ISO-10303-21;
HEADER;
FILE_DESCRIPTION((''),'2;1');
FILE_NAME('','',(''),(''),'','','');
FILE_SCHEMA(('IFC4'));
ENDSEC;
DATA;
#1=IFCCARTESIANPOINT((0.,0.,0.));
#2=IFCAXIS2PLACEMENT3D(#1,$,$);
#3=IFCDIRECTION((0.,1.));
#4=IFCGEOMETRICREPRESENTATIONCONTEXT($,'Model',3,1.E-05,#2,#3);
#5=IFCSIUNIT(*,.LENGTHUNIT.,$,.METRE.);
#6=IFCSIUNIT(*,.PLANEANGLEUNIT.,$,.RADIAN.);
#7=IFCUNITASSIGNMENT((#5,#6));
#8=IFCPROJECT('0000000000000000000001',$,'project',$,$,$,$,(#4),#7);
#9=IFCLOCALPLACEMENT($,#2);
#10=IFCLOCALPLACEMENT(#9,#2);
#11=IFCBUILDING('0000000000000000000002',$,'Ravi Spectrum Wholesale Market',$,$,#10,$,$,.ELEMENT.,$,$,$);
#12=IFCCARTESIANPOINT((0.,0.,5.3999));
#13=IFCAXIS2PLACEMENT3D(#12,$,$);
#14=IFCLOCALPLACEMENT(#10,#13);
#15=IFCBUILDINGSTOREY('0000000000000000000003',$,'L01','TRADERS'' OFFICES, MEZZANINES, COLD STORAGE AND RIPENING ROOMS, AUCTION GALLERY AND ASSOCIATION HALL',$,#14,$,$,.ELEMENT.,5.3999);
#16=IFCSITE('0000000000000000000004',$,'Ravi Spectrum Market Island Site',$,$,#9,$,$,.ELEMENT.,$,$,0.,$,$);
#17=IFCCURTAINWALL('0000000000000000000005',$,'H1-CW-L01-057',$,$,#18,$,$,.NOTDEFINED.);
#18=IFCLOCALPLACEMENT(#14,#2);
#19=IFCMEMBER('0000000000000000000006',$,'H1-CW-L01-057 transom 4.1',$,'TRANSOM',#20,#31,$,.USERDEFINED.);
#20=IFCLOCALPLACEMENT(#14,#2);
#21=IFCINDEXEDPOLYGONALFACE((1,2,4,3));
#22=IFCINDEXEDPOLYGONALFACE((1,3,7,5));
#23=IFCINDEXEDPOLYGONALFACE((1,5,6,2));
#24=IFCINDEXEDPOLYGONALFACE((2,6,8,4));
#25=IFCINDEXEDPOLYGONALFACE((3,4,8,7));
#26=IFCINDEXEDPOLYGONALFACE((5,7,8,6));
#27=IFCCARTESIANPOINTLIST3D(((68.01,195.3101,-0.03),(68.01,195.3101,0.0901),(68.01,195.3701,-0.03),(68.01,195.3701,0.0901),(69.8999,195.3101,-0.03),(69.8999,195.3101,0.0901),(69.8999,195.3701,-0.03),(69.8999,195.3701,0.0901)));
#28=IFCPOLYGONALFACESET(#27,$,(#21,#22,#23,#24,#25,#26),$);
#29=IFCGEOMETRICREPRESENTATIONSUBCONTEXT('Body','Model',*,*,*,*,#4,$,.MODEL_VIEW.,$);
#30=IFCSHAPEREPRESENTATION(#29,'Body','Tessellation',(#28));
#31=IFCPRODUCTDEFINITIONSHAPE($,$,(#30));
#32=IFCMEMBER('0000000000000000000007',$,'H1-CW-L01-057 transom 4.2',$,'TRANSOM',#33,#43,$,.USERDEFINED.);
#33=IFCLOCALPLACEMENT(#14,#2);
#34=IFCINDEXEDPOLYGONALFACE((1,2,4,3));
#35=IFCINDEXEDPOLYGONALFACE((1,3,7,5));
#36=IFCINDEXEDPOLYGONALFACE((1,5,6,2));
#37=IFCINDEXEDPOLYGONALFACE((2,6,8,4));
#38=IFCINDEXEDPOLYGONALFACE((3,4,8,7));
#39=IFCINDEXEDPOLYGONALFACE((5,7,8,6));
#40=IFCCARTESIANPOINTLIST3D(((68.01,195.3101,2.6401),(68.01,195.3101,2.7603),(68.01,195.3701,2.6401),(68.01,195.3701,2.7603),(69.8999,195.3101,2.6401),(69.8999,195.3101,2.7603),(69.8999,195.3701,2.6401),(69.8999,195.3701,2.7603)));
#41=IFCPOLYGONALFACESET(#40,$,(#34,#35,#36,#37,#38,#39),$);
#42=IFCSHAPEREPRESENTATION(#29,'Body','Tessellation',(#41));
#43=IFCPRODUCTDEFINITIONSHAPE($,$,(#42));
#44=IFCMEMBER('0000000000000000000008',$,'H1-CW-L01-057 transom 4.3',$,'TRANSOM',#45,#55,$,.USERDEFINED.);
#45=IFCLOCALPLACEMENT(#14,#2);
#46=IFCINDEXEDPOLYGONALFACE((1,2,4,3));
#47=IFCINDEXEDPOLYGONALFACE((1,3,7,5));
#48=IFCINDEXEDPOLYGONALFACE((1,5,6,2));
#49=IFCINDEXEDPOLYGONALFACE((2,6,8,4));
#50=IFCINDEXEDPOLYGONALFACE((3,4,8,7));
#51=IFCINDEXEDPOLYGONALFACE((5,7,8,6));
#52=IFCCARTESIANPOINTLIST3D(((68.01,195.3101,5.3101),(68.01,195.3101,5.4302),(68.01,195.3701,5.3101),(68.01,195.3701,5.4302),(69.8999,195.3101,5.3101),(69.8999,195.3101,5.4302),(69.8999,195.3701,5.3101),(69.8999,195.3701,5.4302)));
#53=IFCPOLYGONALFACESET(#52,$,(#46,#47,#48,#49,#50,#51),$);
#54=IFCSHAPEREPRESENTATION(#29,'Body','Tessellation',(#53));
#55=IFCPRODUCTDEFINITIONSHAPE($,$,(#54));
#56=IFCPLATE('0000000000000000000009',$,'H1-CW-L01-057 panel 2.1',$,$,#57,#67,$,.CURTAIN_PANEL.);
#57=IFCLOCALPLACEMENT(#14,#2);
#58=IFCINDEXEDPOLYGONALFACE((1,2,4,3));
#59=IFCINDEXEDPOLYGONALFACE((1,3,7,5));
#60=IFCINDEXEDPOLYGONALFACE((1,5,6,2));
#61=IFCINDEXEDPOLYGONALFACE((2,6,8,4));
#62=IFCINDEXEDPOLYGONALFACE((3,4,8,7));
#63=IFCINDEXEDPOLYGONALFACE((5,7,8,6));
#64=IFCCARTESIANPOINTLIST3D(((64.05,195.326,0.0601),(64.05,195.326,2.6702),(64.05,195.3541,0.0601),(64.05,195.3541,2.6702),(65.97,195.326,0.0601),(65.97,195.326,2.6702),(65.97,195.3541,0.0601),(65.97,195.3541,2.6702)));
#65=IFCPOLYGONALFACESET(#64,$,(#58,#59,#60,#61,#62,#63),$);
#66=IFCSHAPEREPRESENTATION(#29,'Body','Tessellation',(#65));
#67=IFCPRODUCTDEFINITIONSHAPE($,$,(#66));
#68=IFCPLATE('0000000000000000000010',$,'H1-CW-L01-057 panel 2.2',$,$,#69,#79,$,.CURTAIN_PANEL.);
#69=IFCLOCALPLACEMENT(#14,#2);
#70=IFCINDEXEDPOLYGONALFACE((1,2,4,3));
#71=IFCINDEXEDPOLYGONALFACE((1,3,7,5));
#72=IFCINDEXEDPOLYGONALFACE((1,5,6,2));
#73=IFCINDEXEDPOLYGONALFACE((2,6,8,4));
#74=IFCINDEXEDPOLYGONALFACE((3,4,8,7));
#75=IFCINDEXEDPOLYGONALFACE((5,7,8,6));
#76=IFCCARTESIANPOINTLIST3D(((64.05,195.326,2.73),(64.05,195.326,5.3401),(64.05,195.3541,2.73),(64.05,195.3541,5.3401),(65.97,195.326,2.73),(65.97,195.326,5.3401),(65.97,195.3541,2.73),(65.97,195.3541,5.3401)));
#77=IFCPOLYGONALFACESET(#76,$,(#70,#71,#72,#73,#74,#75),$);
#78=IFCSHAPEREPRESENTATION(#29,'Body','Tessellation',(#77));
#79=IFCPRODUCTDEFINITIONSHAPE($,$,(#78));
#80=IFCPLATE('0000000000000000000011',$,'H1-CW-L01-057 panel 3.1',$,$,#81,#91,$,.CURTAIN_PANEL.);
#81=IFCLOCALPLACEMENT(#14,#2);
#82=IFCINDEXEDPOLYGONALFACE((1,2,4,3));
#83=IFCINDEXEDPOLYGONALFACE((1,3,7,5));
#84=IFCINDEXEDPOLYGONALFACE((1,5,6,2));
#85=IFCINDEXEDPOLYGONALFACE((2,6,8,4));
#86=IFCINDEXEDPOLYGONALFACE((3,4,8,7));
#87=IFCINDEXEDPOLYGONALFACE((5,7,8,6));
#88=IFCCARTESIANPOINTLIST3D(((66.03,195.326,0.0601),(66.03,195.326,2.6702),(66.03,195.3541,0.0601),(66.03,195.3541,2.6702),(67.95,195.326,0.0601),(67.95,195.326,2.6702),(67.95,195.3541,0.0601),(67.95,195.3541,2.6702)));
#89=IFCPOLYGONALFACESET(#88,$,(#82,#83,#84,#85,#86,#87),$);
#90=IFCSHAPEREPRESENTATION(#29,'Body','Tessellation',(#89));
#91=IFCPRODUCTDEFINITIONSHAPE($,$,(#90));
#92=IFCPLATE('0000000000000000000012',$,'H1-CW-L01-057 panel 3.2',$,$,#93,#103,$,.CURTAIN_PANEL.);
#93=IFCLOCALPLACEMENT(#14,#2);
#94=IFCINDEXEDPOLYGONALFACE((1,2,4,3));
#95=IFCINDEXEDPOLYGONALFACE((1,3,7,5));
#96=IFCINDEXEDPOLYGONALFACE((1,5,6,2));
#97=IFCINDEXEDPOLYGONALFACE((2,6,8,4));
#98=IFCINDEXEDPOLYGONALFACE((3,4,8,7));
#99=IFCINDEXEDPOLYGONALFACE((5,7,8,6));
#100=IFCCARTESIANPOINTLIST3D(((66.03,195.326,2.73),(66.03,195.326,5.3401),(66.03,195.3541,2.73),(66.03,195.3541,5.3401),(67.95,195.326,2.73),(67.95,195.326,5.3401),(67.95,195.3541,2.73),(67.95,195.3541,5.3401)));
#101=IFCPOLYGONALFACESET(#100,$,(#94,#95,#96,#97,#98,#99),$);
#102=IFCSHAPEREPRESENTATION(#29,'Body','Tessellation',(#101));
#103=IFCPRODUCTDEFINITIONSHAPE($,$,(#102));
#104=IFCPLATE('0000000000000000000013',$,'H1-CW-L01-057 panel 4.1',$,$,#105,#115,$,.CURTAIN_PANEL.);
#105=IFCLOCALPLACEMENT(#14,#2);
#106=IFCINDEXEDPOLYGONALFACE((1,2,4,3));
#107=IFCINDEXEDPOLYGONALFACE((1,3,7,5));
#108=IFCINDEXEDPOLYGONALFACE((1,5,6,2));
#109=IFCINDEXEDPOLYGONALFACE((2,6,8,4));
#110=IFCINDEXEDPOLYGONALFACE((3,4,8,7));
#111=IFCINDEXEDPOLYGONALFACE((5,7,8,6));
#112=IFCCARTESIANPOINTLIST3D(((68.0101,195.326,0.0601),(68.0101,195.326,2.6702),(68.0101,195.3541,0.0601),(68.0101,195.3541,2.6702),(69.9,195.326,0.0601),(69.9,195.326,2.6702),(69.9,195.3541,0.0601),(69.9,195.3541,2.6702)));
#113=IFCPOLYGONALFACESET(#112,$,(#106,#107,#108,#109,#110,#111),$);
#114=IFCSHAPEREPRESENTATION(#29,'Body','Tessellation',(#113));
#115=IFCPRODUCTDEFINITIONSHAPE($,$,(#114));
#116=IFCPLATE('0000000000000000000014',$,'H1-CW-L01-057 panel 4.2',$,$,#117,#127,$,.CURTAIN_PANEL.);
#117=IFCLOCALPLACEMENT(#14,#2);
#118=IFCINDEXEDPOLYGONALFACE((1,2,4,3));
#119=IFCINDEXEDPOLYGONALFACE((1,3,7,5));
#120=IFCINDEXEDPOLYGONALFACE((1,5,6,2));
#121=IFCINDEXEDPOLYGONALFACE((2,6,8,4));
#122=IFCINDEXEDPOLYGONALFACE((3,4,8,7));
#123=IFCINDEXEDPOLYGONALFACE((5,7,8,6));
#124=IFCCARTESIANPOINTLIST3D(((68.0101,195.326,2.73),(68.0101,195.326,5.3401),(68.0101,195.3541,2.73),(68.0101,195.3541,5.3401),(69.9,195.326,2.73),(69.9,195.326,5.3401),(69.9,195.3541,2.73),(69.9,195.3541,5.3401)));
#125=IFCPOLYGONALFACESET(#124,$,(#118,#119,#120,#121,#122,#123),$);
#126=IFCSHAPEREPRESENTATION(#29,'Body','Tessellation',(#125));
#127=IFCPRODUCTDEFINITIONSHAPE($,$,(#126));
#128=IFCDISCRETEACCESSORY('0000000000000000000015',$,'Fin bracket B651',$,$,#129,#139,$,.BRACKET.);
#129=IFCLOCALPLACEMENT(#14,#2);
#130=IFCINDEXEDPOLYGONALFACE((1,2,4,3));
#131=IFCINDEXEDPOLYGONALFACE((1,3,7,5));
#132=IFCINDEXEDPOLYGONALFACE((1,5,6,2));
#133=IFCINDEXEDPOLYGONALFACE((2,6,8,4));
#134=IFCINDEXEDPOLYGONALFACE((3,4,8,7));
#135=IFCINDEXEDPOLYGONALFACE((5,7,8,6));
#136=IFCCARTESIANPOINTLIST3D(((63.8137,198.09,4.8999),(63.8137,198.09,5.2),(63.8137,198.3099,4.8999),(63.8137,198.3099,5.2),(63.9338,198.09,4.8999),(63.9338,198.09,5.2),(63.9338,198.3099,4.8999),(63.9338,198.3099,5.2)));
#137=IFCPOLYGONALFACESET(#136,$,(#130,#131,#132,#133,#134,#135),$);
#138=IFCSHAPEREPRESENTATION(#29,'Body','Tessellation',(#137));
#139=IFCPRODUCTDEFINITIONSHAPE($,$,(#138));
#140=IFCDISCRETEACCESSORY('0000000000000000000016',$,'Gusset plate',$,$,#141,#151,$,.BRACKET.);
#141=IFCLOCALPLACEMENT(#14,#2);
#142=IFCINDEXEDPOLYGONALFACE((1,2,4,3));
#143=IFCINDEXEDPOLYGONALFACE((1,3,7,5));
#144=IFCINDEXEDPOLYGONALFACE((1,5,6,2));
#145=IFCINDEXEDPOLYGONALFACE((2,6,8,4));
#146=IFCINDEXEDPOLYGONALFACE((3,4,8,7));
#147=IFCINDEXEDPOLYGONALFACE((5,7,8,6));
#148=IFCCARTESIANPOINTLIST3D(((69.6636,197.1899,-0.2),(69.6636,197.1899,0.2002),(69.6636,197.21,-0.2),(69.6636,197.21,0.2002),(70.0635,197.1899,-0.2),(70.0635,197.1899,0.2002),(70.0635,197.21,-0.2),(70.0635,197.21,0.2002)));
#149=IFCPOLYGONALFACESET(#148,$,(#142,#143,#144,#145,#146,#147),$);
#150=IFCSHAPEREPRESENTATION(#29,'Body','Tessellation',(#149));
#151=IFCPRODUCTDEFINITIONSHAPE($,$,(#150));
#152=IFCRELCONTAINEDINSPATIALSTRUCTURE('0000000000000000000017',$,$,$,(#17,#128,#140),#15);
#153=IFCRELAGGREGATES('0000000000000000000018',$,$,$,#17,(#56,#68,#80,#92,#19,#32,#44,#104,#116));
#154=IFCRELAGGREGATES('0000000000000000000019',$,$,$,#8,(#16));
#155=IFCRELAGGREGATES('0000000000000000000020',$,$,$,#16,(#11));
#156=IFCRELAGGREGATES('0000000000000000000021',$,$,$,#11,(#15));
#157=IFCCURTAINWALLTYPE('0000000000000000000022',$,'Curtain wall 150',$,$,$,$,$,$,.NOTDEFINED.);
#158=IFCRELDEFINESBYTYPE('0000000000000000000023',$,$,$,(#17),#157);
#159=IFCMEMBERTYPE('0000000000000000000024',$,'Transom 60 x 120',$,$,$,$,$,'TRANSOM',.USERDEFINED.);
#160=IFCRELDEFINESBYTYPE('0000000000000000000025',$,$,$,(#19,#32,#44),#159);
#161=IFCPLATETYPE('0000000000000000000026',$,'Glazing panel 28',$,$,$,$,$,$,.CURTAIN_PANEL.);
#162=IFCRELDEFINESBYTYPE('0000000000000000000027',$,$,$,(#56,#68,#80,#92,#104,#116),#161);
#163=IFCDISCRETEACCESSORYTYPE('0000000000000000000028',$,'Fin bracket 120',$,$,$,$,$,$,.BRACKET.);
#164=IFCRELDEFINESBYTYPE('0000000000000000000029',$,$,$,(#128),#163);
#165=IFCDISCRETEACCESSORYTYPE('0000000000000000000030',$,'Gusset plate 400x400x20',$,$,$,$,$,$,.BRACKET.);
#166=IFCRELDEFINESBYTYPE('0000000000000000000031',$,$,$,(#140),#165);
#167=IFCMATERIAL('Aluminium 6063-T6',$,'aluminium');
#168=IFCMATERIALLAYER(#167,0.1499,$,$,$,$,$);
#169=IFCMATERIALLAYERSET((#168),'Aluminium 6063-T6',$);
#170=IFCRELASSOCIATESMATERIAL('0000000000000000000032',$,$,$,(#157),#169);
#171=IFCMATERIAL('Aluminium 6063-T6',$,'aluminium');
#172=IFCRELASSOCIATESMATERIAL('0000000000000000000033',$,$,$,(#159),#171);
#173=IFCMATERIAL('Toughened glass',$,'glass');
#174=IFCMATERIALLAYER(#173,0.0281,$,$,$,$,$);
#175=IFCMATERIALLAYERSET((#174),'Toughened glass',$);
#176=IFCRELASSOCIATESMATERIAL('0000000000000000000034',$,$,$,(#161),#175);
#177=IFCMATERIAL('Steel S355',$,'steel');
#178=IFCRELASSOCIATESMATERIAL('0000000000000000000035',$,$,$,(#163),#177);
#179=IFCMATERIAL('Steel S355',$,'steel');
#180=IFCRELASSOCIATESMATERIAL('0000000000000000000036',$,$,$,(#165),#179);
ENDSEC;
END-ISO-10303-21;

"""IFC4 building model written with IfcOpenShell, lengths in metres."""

from ifc_helpers import new_model, si_unit, direction, frame, origin, origin_2d, place, context, subcontext, project, spatial, rectangle, extrude, material, layer, layer_set, material_profile, profile_set, type_object, element, aggregate, save


model = new_model("IFC4")

# Units and contexts
model_context = context("Model", 3, precision=1e-05, world=origin(), true_north=direction((0.0, 1.0)))
body_context = subcontext(model_context, "Body", "Model", "MODEL_VIEW")
ifc_project = project(units=[si_unit("LENGTHUNIT", "METRE"), si_unit("PLANEANGLEUNIT", "RADIAN")], contexts=[model_context])

# Site, building, storey
site_placement = place(None, origin())
site = spatial("IfcSite", under=ifc_project, at=site_placement, Name="Ravi Spectrum Market Island Site", CompositionType="ELEMENT", RefElevation=0.0)
building_placement = place(site_placement, origin())
building = spatial("IfcBuilding", under=site, at=building_placement, Name="Ravi Spectrum Wholesale Market", CompositionType="ELEMENT")
storey_placement = place(building_placement, frame((0.0, 0.0, 5.3999)))
storey = spatial("IfcBuildingStorey", under=building, at=storey_placement, Name="L01", Description="TRADERS' OFFICES, MEZZANINES, COLD STORAGE AND RIPENING ROOMS, AUCTION GALLERY AND ASSOCIATION HALL", CompositionType="ELEMENT", Elevation=5.3999)

# Curtain wall, members, plates
ifc_material_1 = material(Name="Aluminium 6063-T6", Category="aluminium")
ifc_layer_1 = layer(ifc_material_1, 0.1499)
ifc_layer_set_1 = layer_set([ifc_layer_1], Name="Aluminium 6063-T6")
curtain_wall_type = type_object("IfcCurtainWallType", Name="Curtain wall 150", PredefinedType="NOTDEFINED", material=ifc_layer_set_1)
curtain_wall_placement = place(storey_placement, origin())
curtain_wall = element("IfcCurtainWall", 1, at=curtain_wall_placement, inside=storey, type_object=curtain_wall_type, Name="H1-CW-L01-057", PredefinedType="NOTDEFINED")
ifc_material_2 = material(Name="Aluminium 6063-T6", Category="aluminium")
ifc_material_profile_1 = material_profile(ifc_material_2, rectangle(XDim=0.0601, YDim=0.1201, at=origin_2d()))
ifc_profile_set_1 = profile_set([ifc_material_profile_1], Name="Aluminium 6063-T6")
member_type_1 = type_object("IfcMemberType", Name="Transom 60 x 120", ElementType="TRANSOM", PredefinedType="USERDEFINED", material=ifc_profile_set_1)
member_1_placement = place(storey_placement, frame((68.01, 195.3401, 0.03), z_axis=(1.0, 0.0, 0.0), x_axis=(0.0, 1.0, 0.0)))
member_1 = element("IfcMember", 2, at=member_1_placement, type_object=member_type_1, Name="H1-CW-L01-057 transom 4.1", ObjectType="TRANSOM", PredefinedType="USERDEFINED", context=body_context, shape_type="SweptSolid", body=[
    extrude(rectangle(XDim=0.0601, YDim=0.1201, at=origin_2d()), origin(), (0.0, 0.0, 1.0), 1.8899),
])
member_2_placement = place(storey_placement, frame((68.01, 195.3401, 2.7002), z_axis=(1.0, 0.0, 0.0), x_axis=(0.0, 1.0, 0.0)))
member_2 = element("IfcMember", 3, at=member_2_placement, type_object=member_type_1, Name="H1-CW-L01-057 transom 4.2", ObjectType="TRANSOM", PredefinedType="USERDEFINED", context=body_context, shape_type="SweptSolid", body=[
    extrude(rectangle(XDim=0.0601, YDim=0.1201, at=origin_2d()), origin(), (0.0, 0.0, 1.0), 1.8899),
])
member_3_placement = place(storey_placement, frame((68.01, 195.3401, 5.3701), z_axis=(1.0, 0.0, 0.0), x_axis=(0.0, 1.0, 0.0)))
member_3 = element("IfcMember", 4, at=member_3_placement, type_object=member_type_1, Name="H1-CW-L01-057 transom 4.3", ObjectType="TRANSOM", PredefinedType="USERDEFINED", context=body_context, shape_type="SweptSolid", body=[
    extrude(rectangle(XDim=0.0601, YDim=0.1201, at=origin_2d()), origin(), (0.0, 0.0, 1.0), 1.8899),
])
ifc_material_3 = material(Name="Toughened glass", Category="glass")
ifc_layer_2 = layer(ifc_material_3, 0.0281)
ifc_layer_set_2 = layer_set([ifc_layer_2], Name="Toughened glass")
plate_type = type_object("IfcPlateType", Name="Glazing panel 28", PredefinedType="CURTAIN_PANEL", material=ifc_layer_set_2)
plate_1_placement = place(storey_placement, frame((65.01, 195.3401, 0.0601), z_axis=(0.0, 0.0, 1.0), x_axis=(1.0, 0.0, 0.0)))
plate_1 = element("IfcPlate", 5, at=plate_1_placement, type_object=plate_type, Name="H1-CW-L01-057 panel 2.1", PredefinedType="CURTAIN_PANEL", context=body_context, shape_type="SweptSolid", body=[
    extrude(rectangle(XDim=1.9199, YDim=0.0281, at=origin_2d()), origin(), (0.0, 0.0, 1.0), 2.6101),
])
plate_2_placement = place(storey_placement, frame((65.01, 195.3401, 2.73), z_axis=(0.0, 0.0, 1.0), x_axis=(1.0, 0.0, 0.0)))
plate_2 = element("IfcPlate", 6, at=plate_2_placement, type_object=plate_type, Name="H1-CW-L01-057 panel 2.2", PredefinedType="CURTAIN_PANEL", context=body_context, shape_type="SweptSolid", body=[
    extrude(rectangle(XDim=1.9199, YDim=0.0281, at=origin_2d()), origin(), (0.0, 0.0, 1.0), 2.6101),
])
plate_3_placement = place(storey_placement, frame((66.99, 195.3401, 0.0601), z_axis=(0.0, 0.0, 1.0), x_axis=(1.0, 0.0, 0.0)))
plate_3 = element("IfcPlate", 7, at=plate_3_placement, type_object=plate_type, Name="H1-CW-L01-057 panel 3.1", PredefinedType="CURTAIN_PANEL", context=body_context, shape_type="SweptSolid", body=[
    extrude(rectangle(XDim=1.9199, YDim=0.0281, at=origin_2d()), origin(), (0.0, 0.0, 1.0), 2.6101),
])
plate_4_placement = place(storey_placement, frame((66.99, 195.3401, 2.73), z_axis=(0.0, 0.0, 1.0), x_axis=(1.0, 0.0, 0.0)))
plate_4 = element("IfcPlate", 8, at=plate_4_placement, type_object=plate_type, Name="H1-CW-L01-057 panel 3.2", PredefinedType="CURTAIN_PANEL", context=body_context, shape_type="SweptSolid", body=[
    extrude(rectangle(XDim=1.9199, YDim=0.0281, at=origin_2d()), origin(), (0.0, 0.0, 1.0), 2.6101),
])
plate_5_placement = place(storey_placement, frame((68.9551, 195.3401, 0.0601), z_axis=(0.0, 0.0, 1.0), x_axis=(1.0, 0.0, 0.0)))
plate_5 = element("IfcPlate", 9, at=plate_5_placement, type_object=plate_type, Name="H1-CW-L01-057 panel 4.1", PredefinedType="CURTAIN_PANEL", context=body_context, shape_type="SweptSolid", body=[
    extrude(rectangle(XDim=1.8899, YDim=0.0281, at=origin_2d()), origin(), (0.0, 0.0, 1.0), 2.6101),
])
plate_6_placement = place(storey_placement, frame((68.9551, 195.3401, 2.73), z_axis=(0.0, 0.0, 1.0), x_axis=(1.0, 0.0, 0.0)))
plate_6 = element("IfcPlate", 10, at=plate_6_placement, type_object=plate_type, Name="H1-CW-L01-057 panel 4.2", PredefinedType="CURTAIN_PANEL", context=body_context, shape_type="SweptSolid", body=[
    extrude(rectangle(XDim=1.8899, YDim=0.0281, at=origin_2d()), origin(), (0.0, 0.0, 1.0), 2.6101),
])
aggregate(curtain_wall, [plate_1, plate_2, plate_3, plate_4, member_1, member_2, member_3, plate_5, plate_6])

# Discrete accessories
ifc_material_4 = material(Name="Steel S355", Category="steel")
discrete_accessory_type_1 = type_object("IfcDiscreteAccessoryType", Name="Fin bracket 120", PredefinedType="BRACKET", material=ifc_material_4)
discrete_accessory_1_placement = place(storey_placement, frame((63.8738, 198.2, 4.8999), z_axis=(0.0, 0.0, 1.0), x_axis=(-1.0, 0.0, 0.0)))
element("IfcDiscreteAccessory", 11, at=discrete_accessory_1_placement, inside=storey, type_object=discrete_accessory_type_1, Name="Fin bracket B651", PredefinedType="BRACKET", context=body_context, shape_type="SweptSolid", body=[
    extrude(rectangle(XDim=0.1201, YDim=0.22, at=origin_2d()), origin(), (0.0, 0.0, 1.0), 0.3),
])
ifc_material_5 = material(Name="Steel S355", Category="steel")
ifc_material_profile_2 = material_profile(ifc_material_5, rectangle(XDim=0.3999, YDim=0.02, at=origin_2d()))
ifc_profile_set_2 = profile_set([ifc_material_profile_2], Name="Steel S355")
discrete_accessory_type_2 = type_object("IfcDiscreteAccessoryType", Name="Gusset plate 400x400x20", PredefinedType="BRACKET", material=ifc_profile_set_2)
discrete_accessory_2_placement = place(storey_placement, frame((69.8635, 197.2, -0.2), z_axis=(0.0, 0.0, 1.0), x_axis=(1.0, 0.0, 0.0)))
element("IfcDiscreteAccessory", 12, at=discrete_accessory_2_placement, inside=storey, type_object=discrete_accessory_type_2, Name="Gusset plate", PredefinedType="BRACKET", context=body_context, shape_type="SweptSolid", body=[
    extrude(rectangle(XDim=0.3999, YDim=0.02, at=origin_2d()), origin(), (0.0, 0.0, 1.0), 0.4001),
])

save(model, "model.ifc")
